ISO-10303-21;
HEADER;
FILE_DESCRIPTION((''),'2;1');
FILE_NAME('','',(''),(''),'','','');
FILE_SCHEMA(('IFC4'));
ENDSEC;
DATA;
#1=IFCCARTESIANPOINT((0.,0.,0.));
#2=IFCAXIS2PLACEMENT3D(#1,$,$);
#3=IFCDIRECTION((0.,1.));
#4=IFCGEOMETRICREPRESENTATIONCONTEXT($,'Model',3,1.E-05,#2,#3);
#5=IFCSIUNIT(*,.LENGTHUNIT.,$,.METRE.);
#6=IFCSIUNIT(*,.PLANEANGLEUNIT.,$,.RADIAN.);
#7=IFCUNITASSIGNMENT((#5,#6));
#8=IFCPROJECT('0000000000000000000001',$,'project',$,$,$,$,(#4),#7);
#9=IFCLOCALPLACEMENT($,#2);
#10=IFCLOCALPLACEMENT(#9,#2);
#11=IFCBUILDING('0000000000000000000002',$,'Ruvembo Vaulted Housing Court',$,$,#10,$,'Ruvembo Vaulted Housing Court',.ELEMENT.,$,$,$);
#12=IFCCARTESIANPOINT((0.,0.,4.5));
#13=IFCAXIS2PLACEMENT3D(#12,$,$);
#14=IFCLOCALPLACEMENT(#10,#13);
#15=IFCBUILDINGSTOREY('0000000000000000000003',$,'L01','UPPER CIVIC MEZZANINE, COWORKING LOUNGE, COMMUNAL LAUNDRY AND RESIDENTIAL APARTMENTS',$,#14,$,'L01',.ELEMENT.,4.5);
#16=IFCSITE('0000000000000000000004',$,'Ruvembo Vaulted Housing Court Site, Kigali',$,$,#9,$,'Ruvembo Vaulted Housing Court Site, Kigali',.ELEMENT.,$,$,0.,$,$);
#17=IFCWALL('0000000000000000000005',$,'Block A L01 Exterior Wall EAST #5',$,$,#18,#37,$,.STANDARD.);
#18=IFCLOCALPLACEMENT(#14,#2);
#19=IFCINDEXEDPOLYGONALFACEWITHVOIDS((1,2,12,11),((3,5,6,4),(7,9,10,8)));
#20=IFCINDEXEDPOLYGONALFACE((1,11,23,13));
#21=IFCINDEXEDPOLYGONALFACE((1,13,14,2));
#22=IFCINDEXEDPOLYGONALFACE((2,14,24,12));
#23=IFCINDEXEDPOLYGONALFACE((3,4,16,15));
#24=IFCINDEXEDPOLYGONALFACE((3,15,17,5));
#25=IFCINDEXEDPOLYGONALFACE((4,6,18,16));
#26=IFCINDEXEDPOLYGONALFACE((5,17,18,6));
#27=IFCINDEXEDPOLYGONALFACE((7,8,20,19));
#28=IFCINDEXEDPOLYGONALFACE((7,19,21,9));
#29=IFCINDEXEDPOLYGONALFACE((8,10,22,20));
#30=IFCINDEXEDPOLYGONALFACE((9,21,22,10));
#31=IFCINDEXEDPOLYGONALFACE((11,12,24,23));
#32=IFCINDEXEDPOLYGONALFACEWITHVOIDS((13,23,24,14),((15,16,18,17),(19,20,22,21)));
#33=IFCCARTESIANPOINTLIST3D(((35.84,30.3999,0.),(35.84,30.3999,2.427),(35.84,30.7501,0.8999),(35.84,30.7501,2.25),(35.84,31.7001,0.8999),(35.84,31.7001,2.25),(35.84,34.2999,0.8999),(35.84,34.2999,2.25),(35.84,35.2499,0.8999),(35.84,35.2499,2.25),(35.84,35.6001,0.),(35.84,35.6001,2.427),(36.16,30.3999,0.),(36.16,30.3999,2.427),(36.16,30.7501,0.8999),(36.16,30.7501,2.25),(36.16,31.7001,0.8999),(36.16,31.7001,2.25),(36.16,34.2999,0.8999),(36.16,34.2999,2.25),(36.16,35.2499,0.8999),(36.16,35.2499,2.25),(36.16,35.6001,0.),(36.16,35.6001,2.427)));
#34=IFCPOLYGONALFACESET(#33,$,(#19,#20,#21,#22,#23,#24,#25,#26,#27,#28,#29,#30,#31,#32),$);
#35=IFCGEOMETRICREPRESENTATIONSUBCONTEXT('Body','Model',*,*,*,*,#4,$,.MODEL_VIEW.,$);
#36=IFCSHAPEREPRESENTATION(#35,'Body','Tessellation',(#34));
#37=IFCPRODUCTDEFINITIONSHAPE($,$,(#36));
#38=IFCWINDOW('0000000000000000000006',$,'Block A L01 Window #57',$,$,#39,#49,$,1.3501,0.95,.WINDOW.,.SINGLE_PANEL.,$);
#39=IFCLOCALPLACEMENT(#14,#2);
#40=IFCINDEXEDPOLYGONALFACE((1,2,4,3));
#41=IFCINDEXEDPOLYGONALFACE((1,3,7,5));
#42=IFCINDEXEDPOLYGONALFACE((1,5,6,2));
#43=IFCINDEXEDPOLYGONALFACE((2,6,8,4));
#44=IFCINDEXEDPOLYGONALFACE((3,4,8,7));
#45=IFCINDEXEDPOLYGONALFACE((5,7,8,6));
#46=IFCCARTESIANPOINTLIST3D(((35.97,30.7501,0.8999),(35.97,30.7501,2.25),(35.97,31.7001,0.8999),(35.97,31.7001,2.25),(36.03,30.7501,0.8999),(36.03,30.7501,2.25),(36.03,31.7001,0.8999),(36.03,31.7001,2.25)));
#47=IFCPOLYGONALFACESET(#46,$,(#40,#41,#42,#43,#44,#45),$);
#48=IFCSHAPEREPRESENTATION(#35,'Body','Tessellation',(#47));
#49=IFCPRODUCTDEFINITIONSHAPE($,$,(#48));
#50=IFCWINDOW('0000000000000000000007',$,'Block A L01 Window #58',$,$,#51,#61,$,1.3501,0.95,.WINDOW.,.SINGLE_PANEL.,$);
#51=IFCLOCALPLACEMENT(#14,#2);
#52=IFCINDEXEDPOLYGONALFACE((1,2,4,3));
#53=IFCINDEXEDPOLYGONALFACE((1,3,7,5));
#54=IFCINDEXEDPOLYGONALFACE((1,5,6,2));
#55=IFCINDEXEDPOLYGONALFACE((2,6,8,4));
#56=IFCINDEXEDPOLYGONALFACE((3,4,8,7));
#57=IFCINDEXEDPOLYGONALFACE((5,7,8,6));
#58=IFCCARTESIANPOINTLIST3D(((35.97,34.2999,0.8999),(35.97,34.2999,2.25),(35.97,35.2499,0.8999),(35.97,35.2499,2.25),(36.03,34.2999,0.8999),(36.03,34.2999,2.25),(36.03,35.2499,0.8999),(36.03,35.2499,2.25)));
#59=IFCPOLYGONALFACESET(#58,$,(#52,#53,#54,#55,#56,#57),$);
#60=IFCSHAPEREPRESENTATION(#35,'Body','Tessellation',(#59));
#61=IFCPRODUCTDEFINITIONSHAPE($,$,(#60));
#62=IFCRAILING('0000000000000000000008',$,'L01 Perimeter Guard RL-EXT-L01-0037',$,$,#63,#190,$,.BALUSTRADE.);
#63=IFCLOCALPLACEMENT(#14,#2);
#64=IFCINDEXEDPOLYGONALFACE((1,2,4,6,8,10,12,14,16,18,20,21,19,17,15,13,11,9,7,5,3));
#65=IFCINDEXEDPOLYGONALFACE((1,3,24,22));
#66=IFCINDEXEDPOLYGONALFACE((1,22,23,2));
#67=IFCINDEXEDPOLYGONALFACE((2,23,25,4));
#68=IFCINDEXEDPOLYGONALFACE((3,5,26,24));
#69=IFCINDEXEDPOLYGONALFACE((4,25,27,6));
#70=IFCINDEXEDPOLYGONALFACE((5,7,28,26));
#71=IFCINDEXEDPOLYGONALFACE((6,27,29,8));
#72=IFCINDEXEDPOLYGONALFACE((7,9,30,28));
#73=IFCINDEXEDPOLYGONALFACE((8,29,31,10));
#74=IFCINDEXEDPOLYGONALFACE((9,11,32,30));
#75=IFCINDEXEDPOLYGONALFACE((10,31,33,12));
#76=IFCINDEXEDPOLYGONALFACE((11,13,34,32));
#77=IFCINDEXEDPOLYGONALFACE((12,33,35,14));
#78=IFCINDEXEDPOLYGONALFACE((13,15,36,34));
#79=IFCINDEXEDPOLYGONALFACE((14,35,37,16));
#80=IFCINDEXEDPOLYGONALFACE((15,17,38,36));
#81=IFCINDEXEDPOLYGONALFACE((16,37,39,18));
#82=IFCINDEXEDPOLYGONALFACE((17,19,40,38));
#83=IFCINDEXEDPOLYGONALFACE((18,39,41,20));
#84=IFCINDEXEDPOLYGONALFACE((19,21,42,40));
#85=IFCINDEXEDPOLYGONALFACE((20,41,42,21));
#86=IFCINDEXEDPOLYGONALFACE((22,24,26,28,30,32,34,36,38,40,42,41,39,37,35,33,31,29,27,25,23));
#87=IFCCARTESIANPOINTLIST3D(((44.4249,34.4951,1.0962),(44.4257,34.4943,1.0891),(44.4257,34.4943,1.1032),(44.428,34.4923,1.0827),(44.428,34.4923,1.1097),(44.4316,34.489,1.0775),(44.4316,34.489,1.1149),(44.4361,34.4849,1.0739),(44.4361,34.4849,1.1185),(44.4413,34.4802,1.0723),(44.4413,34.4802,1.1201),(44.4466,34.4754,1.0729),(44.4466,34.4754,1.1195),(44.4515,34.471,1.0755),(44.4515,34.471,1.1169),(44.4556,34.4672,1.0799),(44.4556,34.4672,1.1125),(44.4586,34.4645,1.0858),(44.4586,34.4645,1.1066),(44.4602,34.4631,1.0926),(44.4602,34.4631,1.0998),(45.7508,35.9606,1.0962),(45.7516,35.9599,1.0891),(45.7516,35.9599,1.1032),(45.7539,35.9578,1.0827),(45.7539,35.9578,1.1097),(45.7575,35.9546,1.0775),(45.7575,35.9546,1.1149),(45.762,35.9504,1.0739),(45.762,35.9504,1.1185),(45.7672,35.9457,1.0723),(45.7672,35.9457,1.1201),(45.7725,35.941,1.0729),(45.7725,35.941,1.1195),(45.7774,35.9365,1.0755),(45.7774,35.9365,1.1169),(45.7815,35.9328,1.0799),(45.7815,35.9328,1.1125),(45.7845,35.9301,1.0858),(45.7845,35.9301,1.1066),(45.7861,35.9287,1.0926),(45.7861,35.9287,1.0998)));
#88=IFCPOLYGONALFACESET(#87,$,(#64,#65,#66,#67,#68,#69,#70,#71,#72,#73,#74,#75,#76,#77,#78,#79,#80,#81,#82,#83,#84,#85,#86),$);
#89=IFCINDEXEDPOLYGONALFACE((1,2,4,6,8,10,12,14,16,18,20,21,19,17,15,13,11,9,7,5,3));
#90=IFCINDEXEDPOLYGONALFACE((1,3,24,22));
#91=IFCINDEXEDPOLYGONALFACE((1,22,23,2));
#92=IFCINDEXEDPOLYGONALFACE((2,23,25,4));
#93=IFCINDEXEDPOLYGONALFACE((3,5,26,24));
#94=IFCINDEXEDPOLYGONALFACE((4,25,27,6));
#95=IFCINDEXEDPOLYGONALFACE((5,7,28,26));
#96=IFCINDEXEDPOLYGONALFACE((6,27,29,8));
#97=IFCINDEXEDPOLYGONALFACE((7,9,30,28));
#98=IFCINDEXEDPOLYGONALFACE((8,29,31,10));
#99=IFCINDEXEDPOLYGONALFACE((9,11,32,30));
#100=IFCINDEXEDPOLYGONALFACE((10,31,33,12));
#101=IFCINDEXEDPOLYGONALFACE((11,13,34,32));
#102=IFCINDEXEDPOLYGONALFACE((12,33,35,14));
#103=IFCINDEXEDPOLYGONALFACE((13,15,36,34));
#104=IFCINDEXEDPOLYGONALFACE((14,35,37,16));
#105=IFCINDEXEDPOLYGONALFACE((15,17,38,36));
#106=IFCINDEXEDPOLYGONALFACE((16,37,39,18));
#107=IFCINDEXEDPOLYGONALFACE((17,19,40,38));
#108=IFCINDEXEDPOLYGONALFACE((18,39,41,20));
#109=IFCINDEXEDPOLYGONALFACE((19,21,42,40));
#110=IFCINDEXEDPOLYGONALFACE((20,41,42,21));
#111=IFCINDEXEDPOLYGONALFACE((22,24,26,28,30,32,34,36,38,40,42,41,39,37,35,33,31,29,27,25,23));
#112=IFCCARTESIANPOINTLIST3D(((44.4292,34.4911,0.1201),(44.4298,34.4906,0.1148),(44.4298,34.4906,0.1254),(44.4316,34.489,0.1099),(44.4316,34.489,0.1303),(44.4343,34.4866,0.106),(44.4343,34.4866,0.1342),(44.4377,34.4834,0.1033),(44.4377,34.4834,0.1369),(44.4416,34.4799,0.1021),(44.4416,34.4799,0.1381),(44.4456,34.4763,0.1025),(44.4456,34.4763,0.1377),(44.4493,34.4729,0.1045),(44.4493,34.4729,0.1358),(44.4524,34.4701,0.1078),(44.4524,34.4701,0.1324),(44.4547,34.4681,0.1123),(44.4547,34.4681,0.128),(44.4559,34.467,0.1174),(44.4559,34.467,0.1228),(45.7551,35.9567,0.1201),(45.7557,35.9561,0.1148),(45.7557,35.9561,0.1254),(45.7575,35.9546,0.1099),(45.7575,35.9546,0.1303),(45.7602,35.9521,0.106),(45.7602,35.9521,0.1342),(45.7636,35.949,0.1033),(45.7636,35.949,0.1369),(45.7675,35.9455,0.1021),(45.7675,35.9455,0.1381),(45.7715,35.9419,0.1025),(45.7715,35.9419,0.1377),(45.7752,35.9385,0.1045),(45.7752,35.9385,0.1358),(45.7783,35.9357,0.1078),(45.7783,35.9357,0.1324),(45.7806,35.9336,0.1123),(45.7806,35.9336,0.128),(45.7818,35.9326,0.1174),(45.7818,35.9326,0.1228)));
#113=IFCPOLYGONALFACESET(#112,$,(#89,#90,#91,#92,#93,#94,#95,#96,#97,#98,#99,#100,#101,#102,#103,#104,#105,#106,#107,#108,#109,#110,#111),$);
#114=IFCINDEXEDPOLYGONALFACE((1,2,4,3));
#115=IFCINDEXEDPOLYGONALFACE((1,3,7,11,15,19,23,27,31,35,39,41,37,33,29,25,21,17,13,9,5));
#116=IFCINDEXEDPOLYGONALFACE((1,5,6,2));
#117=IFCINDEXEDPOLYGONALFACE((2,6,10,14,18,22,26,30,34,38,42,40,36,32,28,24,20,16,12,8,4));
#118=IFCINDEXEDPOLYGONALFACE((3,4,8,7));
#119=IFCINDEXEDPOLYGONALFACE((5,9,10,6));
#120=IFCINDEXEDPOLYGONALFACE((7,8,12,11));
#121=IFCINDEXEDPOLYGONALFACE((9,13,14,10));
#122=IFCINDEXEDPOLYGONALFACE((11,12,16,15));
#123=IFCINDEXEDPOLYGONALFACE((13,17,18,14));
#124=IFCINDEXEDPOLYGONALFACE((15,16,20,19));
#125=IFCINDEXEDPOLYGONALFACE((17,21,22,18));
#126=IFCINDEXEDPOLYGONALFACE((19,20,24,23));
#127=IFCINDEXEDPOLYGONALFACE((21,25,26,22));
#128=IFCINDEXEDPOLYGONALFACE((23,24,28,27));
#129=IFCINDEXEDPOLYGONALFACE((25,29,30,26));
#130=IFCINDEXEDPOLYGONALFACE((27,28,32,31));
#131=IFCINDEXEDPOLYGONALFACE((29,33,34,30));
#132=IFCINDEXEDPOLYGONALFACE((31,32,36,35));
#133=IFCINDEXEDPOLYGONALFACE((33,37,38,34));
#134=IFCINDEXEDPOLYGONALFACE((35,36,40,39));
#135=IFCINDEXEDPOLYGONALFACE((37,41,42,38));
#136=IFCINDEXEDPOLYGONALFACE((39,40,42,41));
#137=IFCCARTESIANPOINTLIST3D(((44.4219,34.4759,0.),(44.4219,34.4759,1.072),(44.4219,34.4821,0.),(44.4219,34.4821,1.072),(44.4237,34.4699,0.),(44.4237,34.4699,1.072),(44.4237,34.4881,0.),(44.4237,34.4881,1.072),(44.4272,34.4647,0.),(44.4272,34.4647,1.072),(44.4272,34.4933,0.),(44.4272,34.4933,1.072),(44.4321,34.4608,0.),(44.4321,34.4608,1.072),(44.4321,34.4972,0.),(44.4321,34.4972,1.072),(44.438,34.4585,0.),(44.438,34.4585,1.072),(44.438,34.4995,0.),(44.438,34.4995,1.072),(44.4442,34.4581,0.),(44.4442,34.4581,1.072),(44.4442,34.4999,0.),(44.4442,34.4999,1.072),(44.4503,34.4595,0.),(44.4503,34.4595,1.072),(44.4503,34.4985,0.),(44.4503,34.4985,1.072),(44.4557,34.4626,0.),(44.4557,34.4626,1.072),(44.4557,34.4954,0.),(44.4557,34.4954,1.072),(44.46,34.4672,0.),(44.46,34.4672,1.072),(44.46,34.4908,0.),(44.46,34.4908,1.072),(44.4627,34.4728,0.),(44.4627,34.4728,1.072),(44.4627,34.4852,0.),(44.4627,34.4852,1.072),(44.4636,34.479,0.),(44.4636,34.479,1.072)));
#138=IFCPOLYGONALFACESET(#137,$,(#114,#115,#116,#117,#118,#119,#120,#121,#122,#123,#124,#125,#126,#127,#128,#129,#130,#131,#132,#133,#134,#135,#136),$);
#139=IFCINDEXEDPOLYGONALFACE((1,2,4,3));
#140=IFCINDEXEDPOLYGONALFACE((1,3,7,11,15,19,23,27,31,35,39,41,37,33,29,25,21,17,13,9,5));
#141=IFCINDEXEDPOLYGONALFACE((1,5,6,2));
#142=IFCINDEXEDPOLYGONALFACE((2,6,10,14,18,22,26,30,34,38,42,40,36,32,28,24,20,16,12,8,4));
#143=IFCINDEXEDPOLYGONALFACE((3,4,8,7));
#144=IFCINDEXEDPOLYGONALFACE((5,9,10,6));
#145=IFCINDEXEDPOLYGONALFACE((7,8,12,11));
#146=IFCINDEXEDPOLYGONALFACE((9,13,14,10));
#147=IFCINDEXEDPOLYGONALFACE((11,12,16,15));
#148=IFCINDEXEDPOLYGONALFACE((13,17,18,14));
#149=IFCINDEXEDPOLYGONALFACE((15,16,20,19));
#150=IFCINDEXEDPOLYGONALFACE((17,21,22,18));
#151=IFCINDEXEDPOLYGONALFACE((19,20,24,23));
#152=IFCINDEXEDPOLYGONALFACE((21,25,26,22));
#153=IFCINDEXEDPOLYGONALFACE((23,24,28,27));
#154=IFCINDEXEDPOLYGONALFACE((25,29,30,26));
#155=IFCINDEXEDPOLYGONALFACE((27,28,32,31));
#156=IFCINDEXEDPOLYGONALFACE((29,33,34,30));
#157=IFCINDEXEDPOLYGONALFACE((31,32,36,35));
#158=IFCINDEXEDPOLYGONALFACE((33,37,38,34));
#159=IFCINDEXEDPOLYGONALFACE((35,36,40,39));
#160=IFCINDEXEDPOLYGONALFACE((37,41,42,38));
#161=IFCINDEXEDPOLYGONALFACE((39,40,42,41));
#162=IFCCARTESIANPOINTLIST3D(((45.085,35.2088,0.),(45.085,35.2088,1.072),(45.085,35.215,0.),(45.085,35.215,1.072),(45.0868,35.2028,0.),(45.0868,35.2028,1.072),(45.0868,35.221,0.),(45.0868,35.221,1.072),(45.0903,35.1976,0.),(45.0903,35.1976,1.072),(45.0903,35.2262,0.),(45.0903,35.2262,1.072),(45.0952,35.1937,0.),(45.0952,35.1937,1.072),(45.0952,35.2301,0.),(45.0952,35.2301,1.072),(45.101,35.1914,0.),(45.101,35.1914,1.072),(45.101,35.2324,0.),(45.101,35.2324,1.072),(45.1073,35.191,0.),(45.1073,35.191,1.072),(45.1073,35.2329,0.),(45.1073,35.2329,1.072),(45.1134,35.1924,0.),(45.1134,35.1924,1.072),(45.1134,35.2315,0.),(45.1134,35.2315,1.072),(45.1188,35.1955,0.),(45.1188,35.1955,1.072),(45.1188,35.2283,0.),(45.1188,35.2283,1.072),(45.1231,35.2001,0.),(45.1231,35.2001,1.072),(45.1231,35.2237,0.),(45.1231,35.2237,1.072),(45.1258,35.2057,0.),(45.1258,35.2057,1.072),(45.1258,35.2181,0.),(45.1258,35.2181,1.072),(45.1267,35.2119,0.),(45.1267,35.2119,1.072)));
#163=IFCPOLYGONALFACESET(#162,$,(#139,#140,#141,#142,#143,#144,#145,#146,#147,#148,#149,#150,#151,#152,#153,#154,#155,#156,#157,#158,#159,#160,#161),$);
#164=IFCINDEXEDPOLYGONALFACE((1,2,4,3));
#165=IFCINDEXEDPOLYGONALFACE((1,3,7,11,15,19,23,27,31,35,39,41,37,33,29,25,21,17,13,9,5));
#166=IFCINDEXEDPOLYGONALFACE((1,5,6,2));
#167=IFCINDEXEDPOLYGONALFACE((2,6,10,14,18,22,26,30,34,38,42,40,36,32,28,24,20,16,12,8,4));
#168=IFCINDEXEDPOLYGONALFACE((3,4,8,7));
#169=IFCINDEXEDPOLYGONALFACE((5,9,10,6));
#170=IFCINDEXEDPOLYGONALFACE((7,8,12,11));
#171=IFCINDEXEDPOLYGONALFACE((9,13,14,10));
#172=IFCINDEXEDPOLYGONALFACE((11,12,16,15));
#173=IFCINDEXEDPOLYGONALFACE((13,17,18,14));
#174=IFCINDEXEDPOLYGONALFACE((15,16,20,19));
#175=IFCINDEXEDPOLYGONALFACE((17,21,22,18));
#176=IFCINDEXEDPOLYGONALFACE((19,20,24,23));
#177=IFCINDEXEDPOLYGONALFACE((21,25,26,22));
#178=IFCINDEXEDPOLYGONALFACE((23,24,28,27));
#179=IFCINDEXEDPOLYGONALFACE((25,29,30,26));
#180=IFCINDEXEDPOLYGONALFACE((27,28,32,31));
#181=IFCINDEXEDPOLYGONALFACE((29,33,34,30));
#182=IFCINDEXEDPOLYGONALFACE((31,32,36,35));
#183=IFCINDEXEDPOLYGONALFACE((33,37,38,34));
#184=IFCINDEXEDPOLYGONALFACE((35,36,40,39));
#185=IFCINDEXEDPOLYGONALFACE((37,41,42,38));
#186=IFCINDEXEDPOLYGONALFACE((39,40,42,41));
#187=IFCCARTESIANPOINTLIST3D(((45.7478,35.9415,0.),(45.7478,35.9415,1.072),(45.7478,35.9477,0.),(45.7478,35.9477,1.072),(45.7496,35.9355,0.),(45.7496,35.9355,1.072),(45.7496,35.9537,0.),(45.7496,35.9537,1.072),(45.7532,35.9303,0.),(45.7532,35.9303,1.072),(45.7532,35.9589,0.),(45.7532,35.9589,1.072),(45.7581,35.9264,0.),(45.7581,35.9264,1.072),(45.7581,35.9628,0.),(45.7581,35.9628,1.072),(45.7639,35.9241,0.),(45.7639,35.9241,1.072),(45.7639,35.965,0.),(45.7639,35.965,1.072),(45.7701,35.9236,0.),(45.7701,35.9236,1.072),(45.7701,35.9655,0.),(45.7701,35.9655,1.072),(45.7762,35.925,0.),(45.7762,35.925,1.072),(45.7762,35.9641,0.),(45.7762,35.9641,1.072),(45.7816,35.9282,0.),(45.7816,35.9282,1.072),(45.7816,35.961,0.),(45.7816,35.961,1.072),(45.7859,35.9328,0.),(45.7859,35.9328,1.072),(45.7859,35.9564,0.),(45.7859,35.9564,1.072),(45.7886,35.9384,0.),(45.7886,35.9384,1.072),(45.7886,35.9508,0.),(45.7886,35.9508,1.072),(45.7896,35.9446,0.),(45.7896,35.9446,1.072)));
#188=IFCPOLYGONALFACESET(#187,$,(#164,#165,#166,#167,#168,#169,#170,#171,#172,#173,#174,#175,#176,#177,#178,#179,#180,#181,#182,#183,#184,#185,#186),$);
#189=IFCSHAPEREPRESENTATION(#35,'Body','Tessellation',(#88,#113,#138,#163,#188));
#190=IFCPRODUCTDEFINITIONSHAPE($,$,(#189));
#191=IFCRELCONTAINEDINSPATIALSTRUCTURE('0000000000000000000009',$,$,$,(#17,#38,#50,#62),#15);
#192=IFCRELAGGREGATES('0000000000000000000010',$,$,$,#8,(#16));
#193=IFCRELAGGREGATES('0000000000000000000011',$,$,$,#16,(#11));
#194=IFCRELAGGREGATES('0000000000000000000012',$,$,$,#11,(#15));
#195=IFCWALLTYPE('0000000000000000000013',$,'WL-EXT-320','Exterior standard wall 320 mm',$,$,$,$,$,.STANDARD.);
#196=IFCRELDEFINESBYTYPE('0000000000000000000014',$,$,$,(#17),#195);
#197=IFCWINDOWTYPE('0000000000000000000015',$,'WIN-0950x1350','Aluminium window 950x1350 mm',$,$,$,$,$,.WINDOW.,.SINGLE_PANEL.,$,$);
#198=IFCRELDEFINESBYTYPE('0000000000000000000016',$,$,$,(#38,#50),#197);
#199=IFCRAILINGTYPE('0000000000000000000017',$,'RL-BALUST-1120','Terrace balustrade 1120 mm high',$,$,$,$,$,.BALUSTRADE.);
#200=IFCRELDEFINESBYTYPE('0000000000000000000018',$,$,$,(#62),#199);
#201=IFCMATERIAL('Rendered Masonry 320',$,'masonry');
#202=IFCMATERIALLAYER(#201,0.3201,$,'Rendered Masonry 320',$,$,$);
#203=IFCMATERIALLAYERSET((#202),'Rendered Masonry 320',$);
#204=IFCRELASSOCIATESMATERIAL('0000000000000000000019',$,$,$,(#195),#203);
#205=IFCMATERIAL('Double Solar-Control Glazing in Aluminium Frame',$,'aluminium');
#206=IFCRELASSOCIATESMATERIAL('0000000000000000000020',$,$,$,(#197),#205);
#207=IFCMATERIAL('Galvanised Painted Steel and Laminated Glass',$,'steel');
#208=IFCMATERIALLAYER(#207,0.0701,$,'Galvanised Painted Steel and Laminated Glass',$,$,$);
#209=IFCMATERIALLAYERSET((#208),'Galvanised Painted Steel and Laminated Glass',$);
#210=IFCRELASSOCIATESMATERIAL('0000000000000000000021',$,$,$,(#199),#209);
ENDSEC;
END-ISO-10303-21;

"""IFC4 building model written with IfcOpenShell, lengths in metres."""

from ifc_helpers import new_model, si_unit, direction, frame, frame_2d, origin, origin_2d, place, context, subcontext, project, spatial, rectangle, circle, extrude, material, layer, layer_set, type_object, element, fill, save


model = new_model("IFC4")

# Units and contexts
model_context = context("Model", 3, precision=1e-05, world=origin(), true_north=direction((0.0, 1.0)))
body_context = subcontext(model_context, "Body", "Model", "MODEL_VIEW")
ifc_project = project(units=[si_unit("LENGTHUNIT", "METRE"), si_unit("PLANEANGLEUNIT", "RADIAN")], contexts=[model_context])

# Site, building, storey
site_placement = place(None, origin())
site = spatial("IfcSite", under=ifc_project, at=site_placement, Name="Ruvembo Vaulted Housing Court Site, Kigali", LongName="Ruvembo Vaulted Housing Court Site, Kigali", CompositionType="ELEMENT", RefElevation=0.0)
building_placement = place(site_placement, origin())
building = spatial("IfcBuilding", under=site, at=building_placement, Name="Ruvembo Vaulted Housing Court", LongName="Ruvembo Vaulted Housing Court", CompositionType="ELEMENT")
storey_placement = place(building_placement, frame((0.0, 0.0, 4.5)))
storey = spatial("IfcBuildingStorey", under=building, at=storey_placement, Name="L01", Description="UPPER CIVIC MEZZANINE, COWORKING LOUNGE, COMMUNAL LAUNDRY AND RESIDENTIAL APARTMENTS", LongName="L01", CompositionType="ELEMENT", Elevation=4.5)

# Shared definitions
ifc_material_1 = material(Name="Double Solar-Control Glazing in Aluminium Frame", Category="aluminium")

# Shared definitions
ifc_material_2 = material(Name="Rendered Masonry 320", Category="masonry")
ifc_layer_1 = layer(ifc_material_2, 0.3201, Name="Rendered Masonry 320")
ifc_layer_set_1 = layer_set([ifc_layer_1], Name="Rendered Masonry 320")
wall_type_1 = type_object("IfcWallType", Name="WL-EXT-320", Description="Exterior standard wall 320 mm", PredefinedType="STANDARD", material=ifc_layer_set_1)

# Wall, openings, windows
wall_1_placement = place(storey_placement, frame((36.0, 30.3999, 0.0), z_axis=(0.0, 0.0, 1.0), x_axis=(0.0, 1.0, 0.0)))
wall_1 = element("IfcWall", 1, at=wall_1_placement, inside=storey, type_object=wall_type_1, Name="Block A L01 Exterior Wall EAST #5", PredefinedType="STANDARD", context=body_context, shape_type="SweptSolid", body=[
    extrude(rectangle(XDim=5.2002, YDim=0.3201, at=frame_2d((2.6001, 0.0))), origin(), (0.0, 0.0, 1.0), 2.427),
])
opening_1_placement = place(wall_1_placement, frame((0.3501, 0.0, 0.8999)))
opening_1 = element("IfcOpeningElement", 2, at=opening_1_placement, cuts=wall_1, PredefinedType="OPENING", context=body_context, shape_type="SweptSolid", body=[
    extrude(rectangle(XDim=0.95, YDim=1.3501, at=frame_2d((0.4751, 0.675))), frame((0.0, 0.1699, 0.0), z_axis=(0.0, -1.0, 0.0), x_axis=(1.0, 0.0, 0.0)), (0.0, 0.0, 1.0), 0.3401),
])
opening_2_placement = place(wall_1_placement, frame((3.8999, 0.0, 0.8999)))
opening_2 = element("IfcOpeningElement", 3, at=opening_2_placement, cuts=wall_1, PredefinedType="OPENING", context=body_context, shape_type="SweptSolid", body=[
    extrude(rectangle(XDim=0.95, YDim=1.3501, at=frame_2d((0.4751, 0.675))), frame((0.0, 0.1699, 0.0), z_axis=(0.0, -1.0, 0.0), x_axis=(1.0, 0.0, 0.0)), (0.0, 0.0, 1.0), 0.3401),
])
window_type_1 = type_object("IfcWindowType", Name="WIN-0950x1350", Description="Aluminium window 950x1350 mm", PartitioningType="SINGLE_PANEL", PredefinedType="WINDOW", material=ifc_material_1)
window_1_placement = place(opening_1_placement, origin())
window_1 = element("IfcWindow", 4, at=window_1_placement, inside=storey, type_object=window_type_1, Name="Block A L01 Window #57", OverallHeight=1.3501, OverallWidth=0.95, PartitioningType="SINGLE_PANEL", PredefinedType="WINDOW", context=body_context, shape_type="SweptSolid", body=[
    extrude(rectangle(XDim=0.95, YDim=1.3501, at=frame_2d((0.4751, 0.675))), frame((0.0, 0.03, 0.0), z_axis=(0.0, -1.0, 0.0), x_axis=(1.0, 0.0, 0.0)), (0.0, 0.0, 1.0), 0.0601),
])
fill(opening_1, window_1)
window_2_placement = place(opening_2_placement, origin())
window_2 = element("IfcWindow", 5, at=window_2_placement, inside=storey, type_object=window_type_1, Name="Block A L01 Window #58", OverallHeight=1.3501, OverallWidth=0.95, PartitioningType="SINGLE_PANEL", PredefinedType="WINDOW", context=body_context, shape_type="SweptSolid", body=[
    extrude(rectangle(XDim=0.95, YDim=1.3501, at=frame_2d((0.4751, 0.675))), frame((0.0, 0.03, 0.0), z_axis=(0.0, -1.0, 0.0), x_axis=(1.0, 0.0, 0.0)), (0.0, 0.0, 1.0), 0.0601),
])
fill(opening_2, window_2)

# Railing
ifc_material_3 = material(Name="Galvanised Painted Steel and Laminated Glass", Category="steel")
ifc_layer_2 = layer(ifc_material_3, 0.0701, Name="Galvanised Painted Steel and Laminated Glass")
ifc_layer_set_2 = layer_set([ifc_layer_2], Name="Galvanised Painted Steel and Laminated Glass")
railing_type_1 = type_object("IfcRailingType", Name="RL-BALUST-1120", Description="Terrace balustrade 1120 mm high", PredefinedType="BALUSTRADE", material=ifc_layer_set_2)
railing_1_placement = place(storey_placement, frame((44.4426, 34.479, 0.0)))
element("IfcRailing", 6, at=railing_1_placement, inside=storey, type_object=railing_type_1, Name="L01 Perimeter Guard RL-EXT-L01-0037", PredefinedType="BALUSTRADE", context=body_context, shape_type="SweptSolid", body=[
    extrude(circle(Radius=0.0239, at=origin_2d()), frame((0.0, 0.0, 1.0962), z_axis=(0.670894, 0.741553, 0.0), x_axis=(-0.741553, 0.670894, 0.0)), (0.0, 0.0, 1.0), 1.9763),
    extrude(circle(Radius=0.0181, at=origin_2d()), frame((0.0, 0.0, 0.1201), z_axis=(0.670894, 0.741553, 0.0), x_axis=(-0.741553, 0.670894, 0.0)), (0.0, 0.0, 1.0), 1.9763),
    extrude(circle(Radius=0.021, at=origin_2d()), origin(), (0.0, 0.0, 1.0), 1.072),
    extrude(circle(Radius=0.021, at=origin_2d()), frame((0.6631, 0.7329, 0.0)), (0.0, 0.0, 1.0), 1.072),
    extrude(circle(Radius=0.021, at=origin_2d()), frame((1.3259, 1.4656, 0.0)), (0.0, 0.0, 1.0), 1.072),
])

save(model, "model.ifc")
